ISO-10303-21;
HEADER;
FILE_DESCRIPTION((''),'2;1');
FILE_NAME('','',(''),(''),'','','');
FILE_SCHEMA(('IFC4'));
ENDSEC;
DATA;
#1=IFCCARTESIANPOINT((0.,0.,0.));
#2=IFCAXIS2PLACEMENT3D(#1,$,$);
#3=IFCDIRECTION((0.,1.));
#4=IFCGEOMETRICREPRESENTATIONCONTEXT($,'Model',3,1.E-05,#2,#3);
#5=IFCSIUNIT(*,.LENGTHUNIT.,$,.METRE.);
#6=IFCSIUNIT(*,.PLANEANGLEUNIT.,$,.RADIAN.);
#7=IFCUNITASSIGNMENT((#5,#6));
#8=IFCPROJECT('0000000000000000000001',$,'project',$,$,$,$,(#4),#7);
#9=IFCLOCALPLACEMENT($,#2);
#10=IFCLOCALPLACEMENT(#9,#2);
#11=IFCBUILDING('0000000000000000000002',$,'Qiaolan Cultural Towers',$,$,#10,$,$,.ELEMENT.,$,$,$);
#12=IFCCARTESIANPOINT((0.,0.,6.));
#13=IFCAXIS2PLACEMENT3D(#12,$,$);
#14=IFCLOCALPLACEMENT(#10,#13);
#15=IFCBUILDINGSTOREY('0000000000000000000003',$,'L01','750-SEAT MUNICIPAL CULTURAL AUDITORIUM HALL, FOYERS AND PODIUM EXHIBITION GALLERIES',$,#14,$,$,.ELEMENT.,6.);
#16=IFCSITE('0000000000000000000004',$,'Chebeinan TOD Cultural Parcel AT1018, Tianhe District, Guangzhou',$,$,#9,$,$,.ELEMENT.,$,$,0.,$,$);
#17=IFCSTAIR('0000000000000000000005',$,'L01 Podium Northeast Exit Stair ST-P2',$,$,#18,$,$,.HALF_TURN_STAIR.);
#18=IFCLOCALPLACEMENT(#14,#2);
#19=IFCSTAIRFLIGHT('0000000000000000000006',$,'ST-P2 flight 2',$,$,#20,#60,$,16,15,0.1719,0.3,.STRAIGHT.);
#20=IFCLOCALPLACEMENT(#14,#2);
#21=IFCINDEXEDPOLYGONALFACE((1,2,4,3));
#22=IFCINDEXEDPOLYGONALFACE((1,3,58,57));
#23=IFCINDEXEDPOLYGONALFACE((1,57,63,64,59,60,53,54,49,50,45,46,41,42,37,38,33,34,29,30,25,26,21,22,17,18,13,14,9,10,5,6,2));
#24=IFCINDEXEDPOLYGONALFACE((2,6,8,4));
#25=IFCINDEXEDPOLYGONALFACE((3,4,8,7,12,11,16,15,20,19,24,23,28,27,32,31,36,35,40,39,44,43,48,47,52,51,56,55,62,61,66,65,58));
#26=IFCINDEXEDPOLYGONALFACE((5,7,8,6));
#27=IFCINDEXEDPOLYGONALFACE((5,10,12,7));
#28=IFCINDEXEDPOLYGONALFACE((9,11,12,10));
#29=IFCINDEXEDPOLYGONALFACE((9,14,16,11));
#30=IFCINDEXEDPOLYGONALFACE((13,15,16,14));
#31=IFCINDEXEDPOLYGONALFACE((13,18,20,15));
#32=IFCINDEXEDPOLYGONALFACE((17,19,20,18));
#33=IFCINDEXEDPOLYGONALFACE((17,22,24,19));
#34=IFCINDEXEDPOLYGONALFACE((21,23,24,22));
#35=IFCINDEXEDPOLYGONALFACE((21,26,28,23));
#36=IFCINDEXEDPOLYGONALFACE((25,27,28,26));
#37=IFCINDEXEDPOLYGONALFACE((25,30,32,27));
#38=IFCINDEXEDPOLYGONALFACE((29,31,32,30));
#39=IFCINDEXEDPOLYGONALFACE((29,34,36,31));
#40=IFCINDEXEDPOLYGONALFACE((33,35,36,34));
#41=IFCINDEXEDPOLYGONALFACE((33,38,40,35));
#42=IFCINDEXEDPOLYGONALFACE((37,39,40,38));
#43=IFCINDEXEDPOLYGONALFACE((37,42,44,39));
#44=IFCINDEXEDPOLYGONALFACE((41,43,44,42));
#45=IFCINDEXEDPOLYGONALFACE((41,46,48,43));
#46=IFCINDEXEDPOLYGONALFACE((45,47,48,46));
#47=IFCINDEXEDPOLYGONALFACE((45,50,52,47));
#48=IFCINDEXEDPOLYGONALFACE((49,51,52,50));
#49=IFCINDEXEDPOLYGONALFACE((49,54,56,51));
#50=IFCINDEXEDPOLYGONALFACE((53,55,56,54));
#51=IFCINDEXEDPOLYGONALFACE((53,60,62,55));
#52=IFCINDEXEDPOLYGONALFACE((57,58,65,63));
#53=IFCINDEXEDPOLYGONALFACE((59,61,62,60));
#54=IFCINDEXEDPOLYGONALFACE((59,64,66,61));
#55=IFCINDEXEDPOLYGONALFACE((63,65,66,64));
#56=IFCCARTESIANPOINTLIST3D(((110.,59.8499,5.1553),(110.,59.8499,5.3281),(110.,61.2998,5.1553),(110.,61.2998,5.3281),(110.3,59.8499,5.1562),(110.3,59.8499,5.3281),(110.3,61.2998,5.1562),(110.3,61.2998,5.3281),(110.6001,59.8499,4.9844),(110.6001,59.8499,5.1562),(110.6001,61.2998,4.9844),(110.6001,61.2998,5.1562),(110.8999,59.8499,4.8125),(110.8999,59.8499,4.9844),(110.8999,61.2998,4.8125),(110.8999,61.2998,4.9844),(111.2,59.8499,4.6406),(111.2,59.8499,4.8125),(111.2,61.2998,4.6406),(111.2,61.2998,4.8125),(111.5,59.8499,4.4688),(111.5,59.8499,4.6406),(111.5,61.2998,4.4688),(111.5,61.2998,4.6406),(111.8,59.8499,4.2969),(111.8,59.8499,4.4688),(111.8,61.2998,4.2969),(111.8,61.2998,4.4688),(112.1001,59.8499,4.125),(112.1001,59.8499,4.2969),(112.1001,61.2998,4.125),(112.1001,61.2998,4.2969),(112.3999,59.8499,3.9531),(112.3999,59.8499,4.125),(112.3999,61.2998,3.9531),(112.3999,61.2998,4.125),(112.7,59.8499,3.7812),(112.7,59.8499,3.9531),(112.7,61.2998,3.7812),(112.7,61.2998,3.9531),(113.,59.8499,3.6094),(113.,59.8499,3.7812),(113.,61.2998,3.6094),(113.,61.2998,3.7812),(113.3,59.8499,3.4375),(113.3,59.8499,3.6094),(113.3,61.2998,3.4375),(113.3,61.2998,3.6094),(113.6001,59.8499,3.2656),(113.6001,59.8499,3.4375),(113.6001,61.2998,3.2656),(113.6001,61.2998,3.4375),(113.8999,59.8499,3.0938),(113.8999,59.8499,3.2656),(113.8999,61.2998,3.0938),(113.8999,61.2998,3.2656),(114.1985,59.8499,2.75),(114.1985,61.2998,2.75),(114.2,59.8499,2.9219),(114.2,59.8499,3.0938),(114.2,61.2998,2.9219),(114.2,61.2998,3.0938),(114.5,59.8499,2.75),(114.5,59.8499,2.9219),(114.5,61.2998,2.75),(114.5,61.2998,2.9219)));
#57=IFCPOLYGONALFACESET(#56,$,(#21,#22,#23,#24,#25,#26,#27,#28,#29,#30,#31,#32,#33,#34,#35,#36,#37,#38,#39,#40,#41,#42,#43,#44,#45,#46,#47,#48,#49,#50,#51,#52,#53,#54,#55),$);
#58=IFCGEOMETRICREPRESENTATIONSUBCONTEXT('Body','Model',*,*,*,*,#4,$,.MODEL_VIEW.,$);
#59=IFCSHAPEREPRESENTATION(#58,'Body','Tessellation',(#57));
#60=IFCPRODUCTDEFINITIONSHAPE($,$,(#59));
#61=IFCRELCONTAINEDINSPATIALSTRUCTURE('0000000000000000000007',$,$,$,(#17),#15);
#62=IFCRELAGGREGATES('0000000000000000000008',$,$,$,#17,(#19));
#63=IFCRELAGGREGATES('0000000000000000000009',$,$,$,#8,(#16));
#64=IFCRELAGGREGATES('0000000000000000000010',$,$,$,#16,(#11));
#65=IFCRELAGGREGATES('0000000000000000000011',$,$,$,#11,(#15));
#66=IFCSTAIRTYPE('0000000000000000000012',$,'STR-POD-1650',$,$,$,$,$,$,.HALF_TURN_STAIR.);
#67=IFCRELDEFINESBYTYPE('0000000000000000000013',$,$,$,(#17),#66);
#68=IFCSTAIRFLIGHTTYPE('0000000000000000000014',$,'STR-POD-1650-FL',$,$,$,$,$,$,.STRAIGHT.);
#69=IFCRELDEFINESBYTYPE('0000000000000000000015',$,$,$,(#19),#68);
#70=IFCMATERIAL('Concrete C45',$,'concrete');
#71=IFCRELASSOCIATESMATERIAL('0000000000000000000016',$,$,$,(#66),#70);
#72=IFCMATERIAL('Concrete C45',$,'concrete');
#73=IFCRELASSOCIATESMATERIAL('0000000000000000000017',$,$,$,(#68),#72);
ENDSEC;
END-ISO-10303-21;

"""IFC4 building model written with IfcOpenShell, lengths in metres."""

from ifc_helpers import new_model, si_unit, direction, frame, origin, place, context, subcontext, project, spatial, polyline, outline, extrude, material, type_object, element, aggregate, save


model = new_model("IFC4")

# Units and contexts
model_context = context("Model", 3, precision=1e-05, world=origin(), true_north=direction((0.0, 1.0)))
body_context = subcontext(model_context, "Body", "Model", "MODEL_VIEW")
ifc_project = project(units=[si_unit("LENGTHUNIT", "METRE"), si_unit("PLANEANGLEUNIT", "RADIAN")], contexts=[model_context])

# Site, building, storey
site_placement = place(None, origin())
site = spatial("IfcSite", under=ifc_project, at=site_placement, Name="Chebeinan TOD Cultural Parcel AT1018, Tianhe District, Guangzhou", CompositionType="ELEMENT", RefElevation=0.0)
building_placement = place(site_placement, origin())
building = spatial("IfcBuilding", under=site, at=building_placement, Name="Qiaolan Cultural Towers", CompositionType="ELEMENT")
storey_placement = place(building_placement, frame((0.0, 0.0, 6.0)))
storey = spatial("IfcBuildingStorey", under=building, at=storey_placement, Name="L01", Description="750-SEAT MUNICIPAL CULTURAL AUDITORIUM HALL, FOYERS AND PODIUM EXHIBITION GALLERIES", CompositionType="ELEMENT", Elevation=6.0)

# Stair, stair flight
ifc_material_1 = material(Name="Concrete C45", Category="concrete")
stair_type = type_object("IfcStairType", Name="STR-POD-1650", PredefinedType="HALF_TURN_STAIR", material=ifc_material_1)
stair_placement = place(storey_placement, origin())
stair = element("IfcStair", 1, at=stair_placement, inside=storey, type_object=stair_type, Name="L01 Podium Northeast Exit Stair ST-P2", PredefinedType="HALF_TURN_STAIR")
ifc_material_2 = material(Name="Concrete C45", Category="concrete")
stair_flight_type = type_object("IfcStairFlightType", Name="STR-POD-1650-FL", PredefinedType="STRAIGHT", material=ifc_material_2)
stair_flight_1_placement = place(storey_placement, frame((114.5, 60.575, 2.75), z_axis=(0.0, 0.0, 1.0), x_axis=(-1.0, 0.0, 0.0)))
stair_flight_1 = element("IfcStairFlight", 2, at=stair_flight_1_placement, type_object=stair_flight_type, Name="ST-P2 flight 2", NumberOfRisers=16, NumberOfTreads=15, PredefinedType="STRAIGHT", RiserHeight=0.1719, TreadLength=0.3, context=body_context, shape_type="SweptSolid", body=[
    extrude(outline(polyline([(0.0, 0.0), (0.0, 0.1719), (0.3, 0.1719), (0.3, 0.3438), (0.6001, 0.3438), (0.6001, 0.5156), (0.8999, 0.5156), (0.8999, 0.6875), (1.2, 0.6875), (1.2, 0.8594), (1.5, 0.8594), (1.5, 1.0312), (1.8, 1.0312), (1.8, 1.2031), (2.1001, 1.2031), (2.1001, 1.375), (2.3999, 1.375), (2.3999, 1.5469), (2.7, 1.5469), (2.7, 1.7188), (3.0, 1.7188), (3.0, 1.8906), (3.3, 1.8906), (3.3, 2.0625), (3.6001, 2.0625), (3.6001, 2.2344), (3.8999, 2.2344), (3.8999, 2.4062), (4.2, 2.4062), (4.2, 2.5781), (4.5, 2.5781), (4.5, 2.75), (4.5, 2.4053), (0.3015, 0.0), (0.0, 0.0)])), frame((0.0, 0.7251, 0.0), z_axis=(0.0, -1.0, 0.0), x_axis=(1.0, 0.0, 0.0)), (0.0, 0.0, 1.0), 1.45),
])
aggregate(stair, [stair_flight_1])

save(model, "model.ifc")
